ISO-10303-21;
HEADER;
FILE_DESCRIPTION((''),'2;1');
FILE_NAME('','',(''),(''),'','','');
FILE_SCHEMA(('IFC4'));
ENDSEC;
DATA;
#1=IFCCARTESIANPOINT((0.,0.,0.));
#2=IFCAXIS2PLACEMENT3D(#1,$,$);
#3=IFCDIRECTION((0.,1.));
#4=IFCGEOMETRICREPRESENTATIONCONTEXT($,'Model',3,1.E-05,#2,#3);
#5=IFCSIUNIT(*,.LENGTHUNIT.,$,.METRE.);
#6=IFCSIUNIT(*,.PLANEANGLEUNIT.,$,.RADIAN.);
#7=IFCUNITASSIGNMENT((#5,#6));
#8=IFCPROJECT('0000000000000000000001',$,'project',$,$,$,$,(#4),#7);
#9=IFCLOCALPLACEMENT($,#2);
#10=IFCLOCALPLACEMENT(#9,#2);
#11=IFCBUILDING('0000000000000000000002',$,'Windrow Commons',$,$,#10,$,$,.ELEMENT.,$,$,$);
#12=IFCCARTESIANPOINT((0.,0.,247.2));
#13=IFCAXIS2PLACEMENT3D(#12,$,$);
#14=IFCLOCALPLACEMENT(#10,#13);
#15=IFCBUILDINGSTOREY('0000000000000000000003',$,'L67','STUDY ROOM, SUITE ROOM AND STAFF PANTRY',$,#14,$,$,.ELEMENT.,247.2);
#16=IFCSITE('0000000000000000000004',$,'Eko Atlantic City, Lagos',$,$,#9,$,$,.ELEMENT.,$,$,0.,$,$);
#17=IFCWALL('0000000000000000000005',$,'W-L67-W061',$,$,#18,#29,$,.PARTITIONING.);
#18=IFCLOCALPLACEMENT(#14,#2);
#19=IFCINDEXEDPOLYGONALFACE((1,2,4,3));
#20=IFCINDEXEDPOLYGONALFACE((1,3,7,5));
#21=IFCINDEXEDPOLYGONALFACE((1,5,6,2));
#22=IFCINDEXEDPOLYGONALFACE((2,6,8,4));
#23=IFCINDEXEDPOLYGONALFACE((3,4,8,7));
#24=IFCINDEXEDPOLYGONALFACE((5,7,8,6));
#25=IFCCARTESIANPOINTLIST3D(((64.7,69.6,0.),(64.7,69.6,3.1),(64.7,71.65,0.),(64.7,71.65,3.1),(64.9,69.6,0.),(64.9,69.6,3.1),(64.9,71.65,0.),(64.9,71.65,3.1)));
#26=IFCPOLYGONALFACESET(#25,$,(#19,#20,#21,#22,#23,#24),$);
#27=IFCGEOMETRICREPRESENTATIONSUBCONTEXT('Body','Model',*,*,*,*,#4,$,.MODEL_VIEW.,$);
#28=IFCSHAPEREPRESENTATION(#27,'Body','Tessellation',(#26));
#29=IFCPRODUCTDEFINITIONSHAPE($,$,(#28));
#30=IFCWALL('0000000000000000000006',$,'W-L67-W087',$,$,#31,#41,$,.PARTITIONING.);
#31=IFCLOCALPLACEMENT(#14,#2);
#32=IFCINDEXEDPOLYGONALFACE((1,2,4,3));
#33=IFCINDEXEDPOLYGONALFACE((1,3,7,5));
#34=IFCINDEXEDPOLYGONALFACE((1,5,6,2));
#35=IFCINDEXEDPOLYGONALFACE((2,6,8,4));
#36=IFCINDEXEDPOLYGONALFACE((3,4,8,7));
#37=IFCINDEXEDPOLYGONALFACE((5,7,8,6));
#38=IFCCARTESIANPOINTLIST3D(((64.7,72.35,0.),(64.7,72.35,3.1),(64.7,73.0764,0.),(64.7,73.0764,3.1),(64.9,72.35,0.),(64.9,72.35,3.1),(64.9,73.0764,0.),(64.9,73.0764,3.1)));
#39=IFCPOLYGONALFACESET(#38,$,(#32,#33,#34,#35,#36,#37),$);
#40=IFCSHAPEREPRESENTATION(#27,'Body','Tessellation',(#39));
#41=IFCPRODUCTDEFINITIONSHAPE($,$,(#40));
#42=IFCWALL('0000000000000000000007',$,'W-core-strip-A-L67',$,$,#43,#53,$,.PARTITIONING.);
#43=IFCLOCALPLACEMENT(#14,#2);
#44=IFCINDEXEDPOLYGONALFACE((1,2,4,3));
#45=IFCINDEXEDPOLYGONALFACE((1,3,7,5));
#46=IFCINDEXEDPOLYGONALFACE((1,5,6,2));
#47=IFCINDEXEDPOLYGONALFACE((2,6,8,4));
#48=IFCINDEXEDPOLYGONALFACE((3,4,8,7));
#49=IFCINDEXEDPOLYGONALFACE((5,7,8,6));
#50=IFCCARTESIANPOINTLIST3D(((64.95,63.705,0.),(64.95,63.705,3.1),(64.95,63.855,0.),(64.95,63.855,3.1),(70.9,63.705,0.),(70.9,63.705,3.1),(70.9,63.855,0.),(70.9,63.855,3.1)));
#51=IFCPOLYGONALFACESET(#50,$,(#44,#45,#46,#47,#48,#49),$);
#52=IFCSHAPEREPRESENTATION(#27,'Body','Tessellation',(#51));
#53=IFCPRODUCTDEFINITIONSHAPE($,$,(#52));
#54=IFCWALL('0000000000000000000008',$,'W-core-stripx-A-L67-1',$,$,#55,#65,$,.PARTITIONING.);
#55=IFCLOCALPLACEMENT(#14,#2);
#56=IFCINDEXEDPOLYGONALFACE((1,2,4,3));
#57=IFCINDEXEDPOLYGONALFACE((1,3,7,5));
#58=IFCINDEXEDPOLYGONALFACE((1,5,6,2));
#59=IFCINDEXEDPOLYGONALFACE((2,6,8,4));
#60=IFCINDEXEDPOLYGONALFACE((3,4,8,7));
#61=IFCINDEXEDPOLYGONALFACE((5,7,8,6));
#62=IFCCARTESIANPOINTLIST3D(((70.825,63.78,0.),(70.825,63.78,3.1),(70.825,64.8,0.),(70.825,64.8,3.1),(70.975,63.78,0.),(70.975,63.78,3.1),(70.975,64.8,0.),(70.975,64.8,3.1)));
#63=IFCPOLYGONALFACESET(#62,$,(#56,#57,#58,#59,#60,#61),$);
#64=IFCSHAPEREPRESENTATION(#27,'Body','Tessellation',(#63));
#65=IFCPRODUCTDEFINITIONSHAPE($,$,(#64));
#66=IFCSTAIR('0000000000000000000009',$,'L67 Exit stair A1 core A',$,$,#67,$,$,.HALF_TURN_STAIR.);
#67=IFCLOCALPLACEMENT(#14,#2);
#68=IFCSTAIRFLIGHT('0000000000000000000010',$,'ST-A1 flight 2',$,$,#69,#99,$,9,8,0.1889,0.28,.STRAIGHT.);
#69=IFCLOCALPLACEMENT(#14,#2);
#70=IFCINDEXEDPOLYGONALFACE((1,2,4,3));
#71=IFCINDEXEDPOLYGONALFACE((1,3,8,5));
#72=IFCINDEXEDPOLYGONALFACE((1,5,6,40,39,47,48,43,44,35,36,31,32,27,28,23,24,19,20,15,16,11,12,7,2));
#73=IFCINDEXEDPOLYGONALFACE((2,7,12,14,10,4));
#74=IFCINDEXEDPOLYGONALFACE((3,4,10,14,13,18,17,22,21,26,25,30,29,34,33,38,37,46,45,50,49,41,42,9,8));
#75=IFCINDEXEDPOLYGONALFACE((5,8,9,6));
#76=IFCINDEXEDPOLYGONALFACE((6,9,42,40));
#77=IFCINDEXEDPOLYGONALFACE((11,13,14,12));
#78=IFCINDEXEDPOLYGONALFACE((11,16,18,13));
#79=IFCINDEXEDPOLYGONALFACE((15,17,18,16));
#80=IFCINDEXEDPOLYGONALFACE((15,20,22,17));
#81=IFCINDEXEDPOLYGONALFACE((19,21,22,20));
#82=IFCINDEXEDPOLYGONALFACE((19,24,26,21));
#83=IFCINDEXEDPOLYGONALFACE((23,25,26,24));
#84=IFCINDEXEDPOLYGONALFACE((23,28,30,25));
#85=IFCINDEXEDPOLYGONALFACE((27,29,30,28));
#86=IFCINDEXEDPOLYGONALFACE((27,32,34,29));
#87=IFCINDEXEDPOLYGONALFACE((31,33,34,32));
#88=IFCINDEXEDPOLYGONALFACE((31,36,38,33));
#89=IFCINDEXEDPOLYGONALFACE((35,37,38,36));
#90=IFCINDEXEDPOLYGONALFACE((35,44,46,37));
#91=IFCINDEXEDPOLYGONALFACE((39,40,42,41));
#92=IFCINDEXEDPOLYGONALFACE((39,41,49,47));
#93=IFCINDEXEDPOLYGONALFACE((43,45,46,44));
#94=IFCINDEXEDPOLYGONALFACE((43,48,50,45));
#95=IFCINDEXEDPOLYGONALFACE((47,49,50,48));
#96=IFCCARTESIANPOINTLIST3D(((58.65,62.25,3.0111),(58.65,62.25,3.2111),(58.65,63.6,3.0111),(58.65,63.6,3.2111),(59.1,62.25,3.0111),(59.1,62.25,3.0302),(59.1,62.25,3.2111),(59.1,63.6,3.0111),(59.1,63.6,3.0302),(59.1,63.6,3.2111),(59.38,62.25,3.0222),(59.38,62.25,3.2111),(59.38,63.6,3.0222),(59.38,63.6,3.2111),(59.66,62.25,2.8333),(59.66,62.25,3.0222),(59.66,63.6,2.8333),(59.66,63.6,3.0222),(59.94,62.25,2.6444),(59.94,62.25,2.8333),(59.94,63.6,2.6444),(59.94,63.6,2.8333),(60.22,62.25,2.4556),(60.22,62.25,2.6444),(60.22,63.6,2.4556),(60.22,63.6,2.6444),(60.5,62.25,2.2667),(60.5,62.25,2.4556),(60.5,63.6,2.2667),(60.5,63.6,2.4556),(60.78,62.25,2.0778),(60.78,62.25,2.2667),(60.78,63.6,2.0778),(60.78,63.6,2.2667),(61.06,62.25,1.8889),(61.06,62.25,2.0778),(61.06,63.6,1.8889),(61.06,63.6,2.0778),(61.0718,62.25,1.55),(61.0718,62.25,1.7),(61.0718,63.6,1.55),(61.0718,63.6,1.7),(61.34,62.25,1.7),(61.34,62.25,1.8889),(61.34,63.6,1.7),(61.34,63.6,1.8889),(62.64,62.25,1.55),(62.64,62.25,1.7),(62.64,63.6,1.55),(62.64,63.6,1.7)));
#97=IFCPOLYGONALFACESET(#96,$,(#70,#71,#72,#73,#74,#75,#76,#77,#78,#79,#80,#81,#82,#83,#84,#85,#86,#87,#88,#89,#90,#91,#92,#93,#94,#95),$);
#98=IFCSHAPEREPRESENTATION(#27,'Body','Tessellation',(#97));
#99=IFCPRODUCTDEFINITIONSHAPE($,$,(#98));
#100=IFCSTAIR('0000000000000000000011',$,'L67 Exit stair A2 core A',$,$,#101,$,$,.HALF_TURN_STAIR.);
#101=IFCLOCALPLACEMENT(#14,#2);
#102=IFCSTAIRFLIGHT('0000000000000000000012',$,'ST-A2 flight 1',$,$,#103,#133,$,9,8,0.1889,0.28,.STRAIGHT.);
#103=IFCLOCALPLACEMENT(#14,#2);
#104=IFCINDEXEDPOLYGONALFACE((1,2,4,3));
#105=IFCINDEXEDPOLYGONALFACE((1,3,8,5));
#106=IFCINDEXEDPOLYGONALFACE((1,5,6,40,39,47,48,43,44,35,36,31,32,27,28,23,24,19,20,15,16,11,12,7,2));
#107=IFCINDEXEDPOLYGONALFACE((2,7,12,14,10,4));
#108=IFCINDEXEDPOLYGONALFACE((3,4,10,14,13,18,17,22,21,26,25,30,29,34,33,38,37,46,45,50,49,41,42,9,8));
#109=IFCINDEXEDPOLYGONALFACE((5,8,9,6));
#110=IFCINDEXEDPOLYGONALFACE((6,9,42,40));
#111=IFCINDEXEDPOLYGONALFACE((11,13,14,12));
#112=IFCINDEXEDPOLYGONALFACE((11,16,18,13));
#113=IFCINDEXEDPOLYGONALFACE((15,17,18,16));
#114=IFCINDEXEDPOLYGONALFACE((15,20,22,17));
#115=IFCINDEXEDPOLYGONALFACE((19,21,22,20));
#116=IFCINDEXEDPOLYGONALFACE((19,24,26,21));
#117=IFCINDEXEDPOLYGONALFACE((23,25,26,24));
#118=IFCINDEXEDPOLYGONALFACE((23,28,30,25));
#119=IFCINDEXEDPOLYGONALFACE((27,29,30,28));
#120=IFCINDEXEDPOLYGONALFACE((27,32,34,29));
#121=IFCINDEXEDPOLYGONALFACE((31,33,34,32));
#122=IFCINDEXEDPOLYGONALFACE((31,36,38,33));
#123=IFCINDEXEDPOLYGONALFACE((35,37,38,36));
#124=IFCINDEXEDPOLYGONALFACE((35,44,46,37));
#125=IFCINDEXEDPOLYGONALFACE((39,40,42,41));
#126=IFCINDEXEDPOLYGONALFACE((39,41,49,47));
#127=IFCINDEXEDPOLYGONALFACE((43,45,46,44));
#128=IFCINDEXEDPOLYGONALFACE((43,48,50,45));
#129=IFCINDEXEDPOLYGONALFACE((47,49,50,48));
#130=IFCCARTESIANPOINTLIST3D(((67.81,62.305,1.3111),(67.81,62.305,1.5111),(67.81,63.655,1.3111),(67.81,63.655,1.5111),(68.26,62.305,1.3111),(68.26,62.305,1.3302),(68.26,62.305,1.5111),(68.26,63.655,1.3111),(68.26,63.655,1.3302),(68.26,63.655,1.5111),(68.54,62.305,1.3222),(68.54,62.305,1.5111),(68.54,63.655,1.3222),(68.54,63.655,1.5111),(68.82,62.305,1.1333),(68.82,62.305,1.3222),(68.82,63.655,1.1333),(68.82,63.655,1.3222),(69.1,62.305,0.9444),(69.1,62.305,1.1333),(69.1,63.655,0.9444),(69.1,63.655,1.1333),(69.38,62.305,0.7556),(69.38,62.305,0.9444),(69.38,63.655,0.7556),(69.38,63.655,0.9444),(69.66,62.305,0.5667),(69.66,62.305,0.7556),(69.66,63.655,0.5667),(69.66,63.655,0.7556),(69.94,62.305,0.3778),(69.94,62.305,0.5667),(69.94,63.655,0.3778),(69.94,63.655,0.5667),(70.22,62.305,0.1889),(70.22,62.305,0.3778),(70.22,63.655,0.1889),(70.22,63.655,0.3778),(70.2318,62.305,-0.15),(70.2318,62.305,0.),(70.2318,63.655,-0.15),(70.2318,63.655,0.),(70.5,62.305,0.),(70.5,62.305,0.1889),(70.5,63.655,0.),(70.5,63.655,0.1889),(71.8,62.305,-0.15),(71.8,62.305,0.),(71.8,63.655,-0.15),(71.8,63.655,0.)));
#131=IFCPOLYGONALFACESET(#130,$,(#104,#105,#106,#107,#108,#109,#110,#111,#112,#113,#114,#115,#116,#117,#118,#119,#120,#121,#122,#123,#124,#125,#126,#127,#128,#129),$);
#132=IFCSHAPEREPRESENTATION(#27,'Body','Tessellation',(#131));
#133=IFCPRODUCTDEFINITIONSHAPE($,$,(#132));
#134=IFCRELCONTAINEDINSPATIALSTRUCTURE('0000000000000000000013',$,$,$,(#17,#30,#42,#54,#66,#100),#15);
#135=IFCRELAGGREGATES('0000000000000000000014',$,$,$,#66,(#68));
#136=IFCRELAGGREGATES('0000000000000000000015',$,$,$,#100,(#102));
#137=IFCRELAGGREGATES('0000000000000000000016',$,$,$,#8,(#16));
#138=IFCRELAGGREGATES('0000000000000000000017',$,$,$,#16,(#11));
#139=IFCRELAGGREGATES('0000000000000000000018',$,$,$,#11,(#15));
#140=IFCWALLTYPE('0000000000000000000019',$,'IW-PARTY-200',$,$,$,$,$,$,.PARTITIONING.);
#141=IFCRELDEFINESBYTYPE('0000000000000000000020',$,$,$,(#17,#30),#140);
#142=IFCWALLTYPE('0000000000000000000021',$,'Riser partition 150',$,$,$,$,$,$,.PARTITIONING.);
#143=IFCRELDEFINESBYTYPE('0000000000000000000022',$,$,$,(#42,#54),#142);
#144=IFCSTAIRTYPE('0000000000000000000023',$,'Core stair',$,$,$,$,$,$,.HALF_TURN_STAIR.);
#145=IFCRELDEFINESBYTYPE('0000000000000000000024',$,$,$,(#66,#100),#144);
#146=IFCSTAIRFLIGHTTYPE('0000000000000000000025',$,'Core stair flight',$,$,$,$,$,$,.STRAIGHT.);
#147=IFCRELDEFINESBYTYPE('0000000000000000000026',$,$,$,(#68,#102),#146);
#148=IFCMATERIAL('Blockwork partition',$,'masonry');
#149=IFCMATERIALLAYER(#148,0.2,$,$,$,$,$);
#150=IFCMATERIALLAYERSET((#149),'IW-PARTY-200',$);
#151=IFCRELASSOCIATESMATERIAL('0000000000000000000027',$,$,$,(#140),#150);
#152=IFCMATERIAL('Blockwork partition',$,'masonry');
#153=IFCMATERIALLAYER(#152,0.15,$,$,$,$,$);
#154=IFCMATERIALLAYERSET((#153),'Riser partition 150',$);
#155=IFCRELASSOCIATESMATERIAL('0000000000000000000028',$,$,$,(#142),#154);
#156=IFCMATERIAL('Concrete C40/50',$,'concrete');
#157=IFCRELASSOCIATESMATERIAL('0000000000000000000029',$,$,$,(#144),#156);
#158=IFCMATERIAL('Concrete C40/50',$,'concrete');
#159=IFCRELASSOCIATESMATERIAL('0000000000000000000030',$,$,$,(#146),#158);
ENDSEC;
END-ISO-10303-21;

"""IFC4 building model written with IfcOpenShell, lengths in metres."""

from ifc_helpers import new_model, si_unit, direction, frame, frame_2d, origin, place, context, subcontext, project, spatial, polyline, rectangle, outline, extrude, material, layer, layer_set, type_object, element, aggregate, save


model = new_model("IFC4")

# Units and contexts
model_context = context("Model", 3, precision=1e-05, world=origin(), true_north=direction((0.0, 1.0)))
body_context = subcontext(model_context, "Body", "Model", "MODEL_VIEW")
ifc_project = project(units=[si_unit("LENGTHUNIT", "METRE"), si_unit("PLANEANGLEUNIT", "RADIAN")], contexts=[model_context])

# Site, building, storey
site_placement = place(None, origin())
site = spatial("IfcSite", under=ifc_project, at=site_placement, Name="Eko Atlantic City, Lagos", CompositionType="ELEMENT", RefElevation=0.0)
building_placement = place(site_placement, origin())
building = spatial("IfcBuilding", under=site, at=building_placement, Name="Windrow Commons", CompositionType="ELEMENT")
storey_placement = place(building_placement, frame((0.0, 0.0, 247.2)))
storey = spatial("IfcBuildingStorey", under=building, at=storey_placement, Name="L67", Description="STUDY ROOM, SUITE ROOM AND STAFF PANTRY", CompositionType="ELEMENT", Elevation=247.2)

# Walls
ifc_material_1 = material(Name="Blockwork partition", Category="masonry")
ifc_layer_1 = layer(ifc_material_1, 0.2)
ifc_layer_set_1 = layer_set([ifc_layer_1], Name="IW-PARTY-200")
wall_type_1 = type_object("IfcWallType", Name="IW-PARTY-200", PredefinedType="PARTITIONING", material=ifc_layer_set_1)
wall_1_placement = place(storey_placement, frame((64.8, 69.6, 0.0), z_axis=(0.0, 0.0, 1.0), x_axis=(0.0, 1.0, 0.0)))
element("IfcWall", 1, at=wall_1_placement, inside=storey, type_object=wall_type_1, Name="W-L67-W061", PredefinedType="PARTITIONING", context=body_context, shape_type="SweptSolid", body=[
    extrude(rectangle(XDim=2.05, YDim=0.2, at=frame_2d((1.025, 0.0))), origin(), (0.0, 0.0, 1.0), 3.1),
])
wall_2_placement = place(storey_placement, frame((64.8, 72.35, 0.0), z_axis=(0.0, 0.0, 1.0), x_axis=(0.0, 1.0, 0.0)))
element("IfcWall", 2, at=wall_2_placement, inside=storey, type_object=wall_type_1, Name="W-L67-W087", PredefinedType="PARTITIONING", context=body_context, shape_type="SweptSolid", body=[
    extrude(rectangle(XDim=0.7264, YDim=0.2, at=frame_2d((0.3632, 0.0))), origin(), (0.0, 0.0, 1.0), 3.1),
])
ifc_material_2 = material(Name="Blockwork partition", Category="masonry")
ifc_layer_2 = layer(ifc_material_2, 0.15)
ifc_layer_set_2 = layer_set([ifc_layer_2], Name="Riser partition 150")
wall_type_2 = type_object("IfcWallType", Name="Riser partition 150", PredefinedType="PARTITIONING", material=ifc_layer_set_2)
wall_3_placement = place(storey_placement, frame((64.95, 63.78, 0.0), z_axis=(0.0, 0.0, 1.0), x_axis=(1.0, 0.0, 0.0)))
element("IfcWall", 3, at=wall_3_placement, inside=storey, type_object=wall_type_2, Name="W-core-strip-A-L67", PredefinedType="PARTITIONING", context=body_context, shape_type="SweptSolid", body=[
    extrude(rectangle(XDim=5.95, YDim=0.15, at=frame_2d((2.975, 0.0))), origin(), (0.0, 0.0, 1.0), 3.1),
])
wall_4_placement = place(storey_placement, frame((70.9, 63.78, 0.0), z_axis=(0.0, 0.0, 1.0), x_axis=(0.0, 1.0, 0.0)))
element("IfcWall", 4, at=wall_4_placement, inside=storey, type_object=wall_type_2, Name="W-core-stripx-A-L67-1", PredefinedType="PARTITIONING", context=body_context, shape_type="SweptSolid", body=[
    extrude(rectangle(XDim=1.02, YDim=0.15, at=frame_2d((0.51, 0.0))), origin(), (0.0, 0.0, 1.0), 3.1),
])

# Stairs, stair flights
ifc_material_3 = material(Name="Concrete C40/50", Category="concrete")
stair_type = type_object("IfcStairType", Name="Core stair", PredefinedType="HALF_TURN_STAIR", material=ifc_material_3)
placement = place(storey_placement, origin())
stair_1 = element("IfcStair", 5, at=placement, inside=storey, type_object=stair_type, Name="L67 Exit stair A1 core A", PredefinedType="HALF_TURN_STAIR")
ifc_material_4 = material(Name="Concrete C40/50", Category="concrete")
stair_flight_type = type_object("IfcStairFlightType", Name="Core stair flight", PredefinedType="STRAIGHT", material=ifc_material_4)
stair_flight_1_placement = place(storey_placement, frame((61.34, 62.925, 1.7), z_axis=(0.0, 0.0, 1.0), x_axis=(-1.0, 0.0, 0.0)))
stair_flight_1 = element("IfcStairFlight", 6, at=stair_flight_1_placement, type_object=stair_flight_type, Name="ST-A1 flight 2", NumberOfRisers=9, NumberOfTreads=8, PredefinedType="STRAIGHT", RiserHeight=0.1889, TreadLength=0.28, context=body_context, shape_type="SweptSolid", body=[
    extrude(outline(polyline([(-1.3, -0.15), (-1.3, 0.0), (0.0, 0.0), (0.0, 0.1889), (0.28, 0.1889), (0.28, 0.3778), (0.56, 0.3778), (0.56, 0.5667), (0.84, 0.5667), (0.84, 0.7556), (1.12, 0.7556), (1.12, 0.9444), (1.4, 0.9444), (1.4, 1.1333), (1.68, 1.1333), (1.68, 1.3222), (1.96, 1.3222), (1.96, 1.5111), (2.24, 1.5111), (2.69, 1.5111), (2.69, 1.3111), (2.24, 1.3111), (2.24, 1.3302), (0.2682, 0.0), (0.2682, -0.15), (-1.3, -0.15)])), frame((0.0, 0.675, 0.0), z_axis=(0.0, -1.0, 0.0), x_axis=(1.0, 0.0, 0.0)), (0.0, 0.0, 1.0), 1.35),
])
aggregate(stair_1, [stair_flight_1])
stair_2 = element("IfcStair", 7, at=placement, inside=storey, type_object=stair_type, Name="L67 Exit stair A2 core A", PredefinedType="HALF_TURN_STAIR")
stair_flight_2_placement = place(storey_placement, frame((70.5, 62.98, 0.0), z_axis=(0.0, 0.0, 1.0), x_axis=(-1.0, 0.0, 0.0)))
stair_flight_2 = element("IfcStairFlight", 8, at=stair_flight_2_placement, type_object=stair_flight_type, Name="ST-A2 flight 1", NumberOfRisers=9, NumberOfTreads=8, PredefinedType="STRAIGHT", RiserHeight=0.1889, TreadLength=0.28, context=body_context, shape_type="SweptSolid", body=[
    extrude(outline(polyline([(-1.3, -0.15), (-1.3, 0.0), (0.0, 0.0), (0.0, 0.1889), (0.28, 0.1889), (0.28, 0.3778), (0.56, 0.3778), (0.56, 0.5667), (0.84, 0.5667), (0.84, 0.7556), (1.12, 0.7556), (1.12, 0.9444), (1.4, 0.9444), (1.4, 1.1333), (1.68, 1.1333), (1.68, 1.3222), (1.96, 1.3222), (1.96, 1.5111), (2.24, 1.5111), (2.69, 1.5111), (2.69, 1.3111), (2.24, 1.3111), (2.24, 1.3302), (0.2682, 0.0), (0.2682, -0.15), (-1.3, -0.15)])), frame((0.0, 0.675, 0.0), z_axis=(0.0, -1.0, 0.0), x_axis=(1.0, 0.0, 0.0)), (0.0, 0.0, 1.0), 1.35),
])
aggregate(stair_2, [stair_flight_2])

save(model, "model.ifc")
